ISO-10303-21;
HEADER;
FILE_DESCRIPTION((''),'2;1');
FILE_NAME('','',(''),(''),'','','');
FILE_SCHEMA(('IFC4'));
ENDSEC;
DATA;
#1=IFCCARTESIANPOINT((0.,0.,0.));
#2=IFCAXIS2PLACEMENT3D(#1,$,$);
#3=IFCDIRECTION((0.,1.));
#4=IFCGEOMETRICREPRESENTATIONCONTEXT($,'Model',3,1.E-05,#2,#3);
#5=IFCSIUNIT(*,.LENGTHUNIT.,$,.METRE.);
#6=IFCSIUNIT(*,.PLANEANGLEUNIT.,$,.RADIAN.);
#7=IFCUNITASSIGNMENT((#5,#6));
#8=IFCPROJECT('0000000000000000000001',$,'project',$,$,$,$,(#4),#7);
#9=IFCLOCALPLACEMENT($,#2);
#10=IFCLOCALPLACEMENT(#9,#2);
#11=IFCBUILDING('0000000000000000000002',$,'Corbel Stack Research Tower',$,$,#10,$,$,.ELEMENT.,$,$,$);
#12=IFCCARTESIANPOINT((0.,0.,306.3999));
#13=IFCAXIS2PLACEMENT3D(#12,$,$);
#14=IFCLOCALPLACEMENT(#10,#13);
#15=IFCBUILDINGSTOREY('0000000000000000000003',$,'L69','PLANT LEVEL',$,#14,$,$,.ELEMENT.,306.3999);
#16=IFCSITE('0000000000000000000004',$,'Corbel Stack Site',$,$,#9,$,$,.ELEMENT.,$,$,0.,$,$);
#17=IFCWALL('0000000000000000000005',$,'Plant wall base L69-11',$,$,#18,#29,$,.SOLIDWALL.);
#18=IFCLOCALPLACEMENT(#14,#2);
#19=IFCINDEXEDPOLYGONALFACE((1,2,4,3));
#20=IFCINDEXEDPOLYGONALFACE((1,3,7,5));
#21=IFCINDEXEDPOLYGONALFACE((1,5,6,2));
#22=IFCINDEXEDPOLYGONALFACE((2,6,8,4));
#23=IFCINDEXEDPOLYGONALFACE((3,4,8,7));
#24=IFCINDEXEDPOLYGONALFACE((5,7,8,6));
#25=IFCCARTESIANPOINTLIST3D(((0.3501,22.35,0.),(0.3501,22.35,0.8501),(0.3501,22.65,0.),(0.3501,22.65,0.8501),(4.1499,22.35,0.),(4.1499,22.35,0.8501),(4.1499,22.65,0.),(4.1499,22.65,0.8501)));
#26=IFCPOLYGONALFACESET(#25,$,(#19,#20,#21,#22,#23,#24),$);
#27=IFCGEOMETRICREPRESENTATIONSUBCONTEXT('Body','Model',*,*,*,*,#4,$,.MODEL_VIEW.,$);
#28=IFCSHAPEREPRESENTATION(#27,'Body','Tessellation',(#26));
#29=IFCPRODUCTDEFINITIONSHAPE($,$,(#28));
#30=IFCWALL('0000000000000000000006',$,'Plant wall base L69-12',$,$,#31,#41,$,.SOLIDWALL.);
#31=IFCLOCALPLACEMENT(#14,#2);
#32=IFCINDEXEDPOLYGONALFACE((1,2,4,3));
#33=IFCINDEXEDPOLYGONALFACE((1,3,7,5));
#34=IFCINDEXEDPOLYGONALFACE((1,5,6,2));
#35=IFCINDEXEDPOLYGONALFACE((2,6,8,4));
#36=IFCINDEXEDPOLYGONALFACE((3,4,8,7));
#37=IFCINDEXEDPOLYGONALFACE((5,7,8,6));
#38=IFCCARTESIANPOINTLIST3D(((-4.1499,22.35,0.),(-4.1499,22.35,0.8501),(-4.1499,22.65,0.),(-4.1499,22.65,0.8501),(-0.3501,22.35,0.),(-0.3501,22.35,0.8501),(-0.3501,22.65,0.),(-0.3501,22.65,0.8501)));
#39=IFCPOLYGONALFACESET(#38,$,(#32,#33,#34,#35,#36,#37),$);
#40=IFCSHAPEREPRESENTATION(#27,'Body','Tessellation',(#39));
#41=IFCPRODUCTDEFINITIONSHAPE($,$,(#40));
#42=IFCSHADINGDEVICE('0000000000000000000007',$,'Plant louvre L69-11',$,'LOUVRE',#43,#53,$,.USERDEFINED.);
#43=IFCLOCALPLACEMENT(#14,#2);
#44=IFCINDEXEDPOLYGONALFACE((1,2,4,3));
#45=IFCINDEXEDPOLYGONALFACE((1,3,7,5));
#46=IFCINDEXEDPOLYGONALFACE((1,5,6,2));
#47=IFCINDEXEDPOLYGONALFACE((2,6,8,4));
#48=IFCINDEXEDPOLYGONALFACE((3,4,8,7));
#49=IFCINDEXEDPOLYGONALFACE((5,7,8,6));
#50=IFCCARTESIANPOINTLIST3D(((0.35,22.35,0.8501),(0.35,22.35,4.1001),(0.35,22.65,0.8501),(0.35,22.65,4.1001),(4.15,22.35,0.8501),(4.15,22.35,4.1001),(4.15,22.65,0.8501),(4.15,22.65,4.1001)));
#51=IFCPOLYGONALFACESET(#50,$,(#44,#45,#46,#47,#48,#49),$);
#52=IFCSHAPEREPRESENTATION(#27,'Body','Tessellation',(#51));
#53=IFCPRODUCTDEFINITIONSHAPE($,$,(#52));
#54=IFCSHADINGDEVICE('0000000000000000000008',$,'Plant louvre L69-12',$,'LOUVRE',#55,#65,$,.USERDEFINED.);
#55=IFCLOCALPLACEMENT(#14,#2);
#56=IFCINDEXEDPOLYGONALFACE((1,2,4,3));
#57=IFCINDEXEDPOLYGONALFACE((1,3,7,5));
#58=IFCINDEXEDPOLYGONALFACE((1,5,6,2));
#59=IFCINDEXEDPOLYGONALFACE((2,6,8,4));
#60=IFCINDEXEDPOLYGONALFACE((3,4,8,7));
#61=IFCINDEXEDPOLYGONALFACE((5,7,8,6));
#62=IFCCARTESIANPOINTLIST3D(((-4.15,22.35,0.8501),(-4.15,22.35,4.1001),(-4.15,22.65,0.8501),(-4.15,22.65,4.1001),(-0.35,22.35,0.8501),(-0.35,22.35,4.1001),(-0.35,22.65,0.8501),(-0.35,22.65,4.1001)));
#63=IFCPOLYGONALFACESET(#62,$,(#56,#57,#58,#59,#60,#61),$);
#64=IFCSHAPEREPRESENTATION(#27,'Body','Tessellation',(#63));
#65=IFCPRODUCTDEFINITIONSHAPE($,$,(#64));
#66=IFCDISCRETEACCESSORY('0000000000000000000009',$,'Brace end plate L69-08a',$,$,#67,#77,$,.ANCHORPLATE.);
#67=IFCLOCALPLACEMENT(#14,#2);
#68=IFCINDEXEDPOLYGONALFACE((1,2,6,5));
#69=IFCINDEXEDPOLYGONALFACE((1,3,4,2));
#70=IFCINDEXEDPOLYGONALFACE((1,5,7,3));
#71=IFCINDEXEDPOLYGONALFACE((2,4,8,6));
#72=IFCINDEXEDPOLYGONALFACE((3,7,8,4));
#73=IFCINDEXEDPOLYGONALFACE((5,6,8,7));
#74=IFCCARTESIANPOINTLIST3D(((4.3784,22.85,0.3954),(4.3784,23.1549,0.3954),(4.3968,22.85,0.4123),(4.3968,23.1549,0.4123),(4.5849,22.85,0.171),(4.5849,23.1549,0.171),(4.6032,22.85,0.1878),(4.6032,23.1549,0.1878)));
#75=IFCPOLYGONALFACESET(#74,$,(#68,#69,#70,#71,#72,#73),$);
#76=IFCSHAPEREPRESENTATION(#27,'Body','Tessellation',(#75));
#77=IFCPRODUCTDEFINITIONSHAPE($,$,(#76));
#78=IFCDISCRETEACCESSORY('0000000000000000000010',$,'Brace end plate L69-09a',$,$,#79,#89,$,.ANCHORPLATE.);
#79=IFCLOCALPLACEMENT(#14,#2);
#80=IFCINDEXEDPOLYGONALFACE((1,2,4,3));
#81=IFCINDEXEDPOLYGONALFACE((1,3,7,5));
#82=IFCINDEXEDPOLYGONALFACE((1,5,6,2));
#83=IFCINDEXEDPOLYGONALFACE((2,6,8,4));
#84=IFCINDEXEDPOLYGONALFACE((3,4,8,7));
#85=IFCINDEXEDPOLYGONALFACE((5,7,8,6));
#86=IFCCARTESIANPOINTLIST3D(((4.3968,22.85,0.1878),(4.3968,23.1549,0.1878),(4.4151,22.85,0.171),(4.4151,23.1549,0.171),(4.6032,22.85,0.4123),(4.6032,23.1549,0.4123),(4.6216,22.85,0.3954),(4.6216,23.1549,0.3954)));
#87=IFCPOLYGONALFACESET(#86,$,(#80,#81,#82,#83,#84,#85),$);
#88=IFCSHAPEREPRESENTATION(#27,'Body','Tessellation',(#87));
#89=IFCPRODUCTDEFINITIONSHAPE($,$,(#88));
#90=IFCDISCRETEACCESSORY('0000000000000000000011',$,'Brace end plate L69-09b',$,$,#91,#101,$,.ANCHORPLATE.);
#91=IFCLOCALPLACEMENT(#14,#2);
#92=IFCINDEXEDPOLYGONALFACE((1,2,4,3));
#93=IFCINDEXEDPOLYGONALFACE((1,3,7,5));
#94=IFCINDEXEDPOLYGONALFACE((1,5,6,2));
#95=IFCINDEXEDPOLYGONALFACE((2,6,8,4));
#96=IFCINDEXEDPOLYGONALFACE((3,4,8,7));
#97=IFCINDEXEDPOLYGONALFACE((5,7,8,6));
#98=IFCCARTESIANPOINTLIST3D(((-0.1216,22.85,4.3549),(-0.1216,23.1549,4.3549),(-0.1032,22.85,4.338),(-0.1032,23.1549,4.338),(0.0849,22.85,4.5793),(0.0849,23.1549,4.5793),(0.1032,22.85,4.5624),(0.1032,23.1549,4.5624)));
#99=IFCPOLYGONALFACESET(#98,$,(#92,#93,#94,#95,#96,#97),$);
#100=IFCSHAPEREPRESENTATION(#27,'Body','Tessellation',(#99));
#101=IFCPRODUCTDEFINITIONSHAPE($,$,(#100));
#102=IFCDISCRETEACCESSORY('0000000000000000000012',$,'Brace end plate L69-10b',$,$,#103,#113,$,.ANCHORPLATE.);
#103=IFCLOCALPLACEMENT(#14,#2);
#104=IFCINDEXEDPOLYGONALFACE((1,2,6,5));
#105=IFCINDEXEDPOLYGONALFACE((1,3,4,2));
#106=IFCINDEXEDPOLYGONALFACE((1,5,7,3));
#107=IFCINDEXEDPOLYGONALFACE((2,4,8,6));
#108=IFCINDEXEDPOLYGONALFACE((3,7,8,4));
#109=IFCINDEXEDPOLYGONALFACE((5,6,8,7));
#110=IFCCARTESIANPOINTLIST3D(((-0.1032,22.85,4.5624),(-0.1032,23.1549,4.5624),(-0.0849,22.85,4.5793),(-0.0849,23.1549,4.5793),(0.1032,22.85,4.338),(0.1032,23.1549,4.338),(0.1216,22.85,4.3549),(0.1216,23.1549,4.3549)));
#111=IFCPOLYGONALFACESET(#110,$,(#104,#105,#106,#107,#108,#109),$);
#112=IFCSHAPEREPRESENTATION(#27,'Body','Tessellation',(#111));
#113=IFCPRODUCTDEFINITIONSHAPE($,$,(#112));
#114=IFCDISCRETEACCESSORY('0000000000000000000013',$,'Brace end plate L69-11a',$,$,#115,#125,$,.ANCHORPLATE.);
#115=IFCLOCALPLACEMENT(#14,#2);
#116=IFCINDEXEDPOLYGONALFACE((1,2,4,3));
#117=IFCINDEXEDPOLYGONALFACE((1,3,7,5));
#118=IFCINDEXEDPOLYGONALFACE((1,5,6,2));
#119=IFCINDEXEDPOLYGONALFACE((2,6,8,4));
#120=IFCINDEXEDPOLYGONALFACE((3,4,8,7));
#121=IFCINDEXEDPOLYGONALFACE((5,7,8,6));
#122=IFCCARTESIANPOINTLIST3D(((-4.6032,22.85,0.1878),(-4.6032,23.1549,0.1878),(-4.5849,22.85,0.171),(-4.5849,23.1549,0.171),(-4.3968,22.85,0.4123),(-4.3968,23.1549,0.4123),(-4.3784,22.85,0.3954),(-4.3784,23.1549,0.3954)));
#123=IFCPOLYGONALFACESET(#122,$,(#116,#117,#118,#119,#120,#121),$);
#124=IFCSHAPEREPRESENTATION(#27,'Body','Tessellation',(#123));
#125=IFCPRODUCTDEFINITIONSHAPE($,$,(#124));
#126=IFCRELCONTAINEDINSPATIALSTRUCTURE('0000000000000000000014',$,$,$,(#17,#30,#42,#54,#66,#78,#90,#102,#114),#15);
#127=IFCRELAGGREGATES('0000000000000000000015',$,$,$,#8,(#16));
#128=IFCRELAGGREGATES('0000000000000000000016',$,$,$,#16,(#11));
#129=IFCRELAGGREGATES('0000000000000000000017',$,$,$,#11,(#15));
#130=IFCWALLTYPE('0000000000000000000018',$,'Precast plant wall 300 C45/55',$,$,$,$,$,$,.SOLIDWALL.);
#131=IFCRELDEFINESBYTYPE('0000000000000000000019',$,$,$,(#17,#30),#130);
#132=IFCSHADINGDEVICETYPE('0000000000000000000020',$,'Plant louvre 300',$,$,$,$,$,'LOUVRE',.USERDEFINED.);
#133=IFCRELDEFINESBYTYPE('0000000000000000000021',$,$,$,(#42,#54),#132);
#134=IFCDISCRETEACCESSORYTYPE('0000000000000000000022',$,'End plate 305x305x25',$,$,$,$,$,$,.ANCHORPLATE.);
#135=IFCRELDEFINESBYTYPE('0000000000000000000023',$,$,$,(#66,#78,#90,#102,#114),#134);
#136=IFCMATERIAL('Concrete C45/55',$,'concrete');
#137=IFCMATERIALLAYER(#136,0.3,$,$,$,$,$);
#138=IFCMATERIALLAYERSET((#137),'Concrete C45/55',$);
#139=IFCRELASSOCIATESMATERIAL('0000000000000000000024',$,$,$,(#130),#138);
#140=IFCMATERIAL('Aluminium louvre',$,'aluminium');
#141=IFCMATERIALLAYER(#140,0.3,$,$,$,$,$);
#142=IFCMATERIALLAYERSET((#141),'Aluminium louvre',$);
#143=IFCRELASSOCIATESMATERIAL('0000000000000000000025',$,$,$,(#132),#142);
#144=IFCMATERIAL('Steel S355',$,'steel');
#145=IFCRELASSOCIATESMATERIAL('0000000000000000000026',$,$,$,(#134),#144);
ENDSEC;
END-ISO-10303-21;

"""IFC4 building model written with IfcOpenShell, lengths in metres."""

from ifc_helpers import new_model, si_unit, direction, frame, frame_2d, origin, origin_2d, place, context, subcontext, project, spatial, rectangle, extrude, material, layer, layer_set, material_profile, profile_set, type_object, element, save


model = new_model("IFC4")

# Units and contexts
model_context = context("Model", 3, precision=1e-05, world=origin(), true_north=direction((0.0, 1.0)))
body_context = subcontext(model_context, "Body", "Model", "MODEL_VIEW")
ifc_project = project(units=[si_unit("LENGTHUNIT", "METRE"), si_unit("PLANEANGLEUNIT", "RADIAN")], contexts=[model_context])

# Site, building, storey
site_placement = place(None, origin())
site = spatial("IfcSite", under=ifc_project, at=site_placement, Name="Corbel Stack Site", CompositionType="ELEMENT", RefElevation=0.0)
building_placement = place(site_placement, origin())
building = spatial("IfcBuilding", under=site, at=building_placement, Name="Corbel Stack Research Tower", CompositionType="ELEMENT")
storey_placement = place(building_placement, frame((0.0, 0.0, 306.3999)))
storey = spatial("IfcBuildingStorey", under=building, at=storey_placement, Name="L69", Description="PLANT LEVEL", CompositionType="ELEMENT", Elevation=306.3999)

# Walls
ifc_material_1 = material(Name="Concrete C45/55", Category="concrete")
ifc_layer_1 = layer(ifc_material_1, 0.3)
ifc_layer_set_1 = layer_set([ifc_layer_1], Name="Concrete C45/55")
wall_type_1 = type_object("IfcWallType", Name="Precast plant wall 300 C45/55", PredefinedType="SOLIDWALL", material=ifc_layer_set_1)
for number, where, z_axis, x_axis, name in (
    (1, (4.1499, 22.5, 0.0), (0.0, 0.0, 1.0), (-1.0, 0.0, 0.0), "Plant wall base L69-11"),
    (2, (-0.3501, 22.5, 0.0), (0.0, 0.0, 1.0), (-1.0, 0.0, 0.0), "Plant wall base L69-12"),
):
    element("IfcWall", number, at=place(storey_placement, frame(where, z_axis=z_axis, x_axis=x_axis)), inside=storey, type_object=wall_type_1, Name=name, PredefinedType="SOLIDWALL", context=body_context, shape_type="SweptSolid", body=[
        extrude(rectangle(XDim=3.7998, YDim=0.3, at=frame_2d((1.8999, 0.0))), origin(), (0.0, 0.0, 1.0), 0.8501),
    ])

# Shading devices
ifc_material_2 = material(Name="Aluminium louvre", Category="aluminium")
ifc_layer_2 = layer(ifc_material_2, 0.3)
ifc_layer_set_2 = layer_set([ifc_layer_2], Name="Aluminium louvre")
shading_device_type = type_object("IfcShadingDeviceType", Name="Plant louvre 300", ElementType="LOUVRE", PredefinedType="USERDEFINED", material=ifc_layer_set_2)
for number, where, z_axis, x_axis, name in (
    (3, (2.25, 22.5, 0.8501), (0.0, 0.0, 1.0), (-1.0, 0.0, 0.0), "Plant louvre L69-11"),
    (4, (-2.25, 22.5, 0.8501), (0.0, 0.0, 1.0), (-1.0, 0.0, 0.0), "Plant louvre L69-12"),
):
    element("IfcShadingDevice", number, at=place(storey_placement, frame(where, z_axis=z_axis, x_axis=x_axis)), inside=storey, type_object=shading_device_type, Name=name, ObjectType="LOUVRE", PredefinedType="USERDEFINED", context=body_context, shape_type="SweptSolid", body=[
        extrude(rectangle(XDim=3.8, YDim=0.3, at=origin_2d()), origin(), (0.0, 0.0, 1.0), 3.25),
    ])

# Discrete accessories
ifc_material_3 = material(Name="Steel S355", Category="steel")
ifc_material_profile_1 = material_profile(ifc_material_3, rectangle(XDim=0.3049, YDim=0.3049, at=origin_2d()), Name="End plate 305x305x25")
ifc_profile_set_1 = profile_set([ifc_material_profile_1], Name="Steel S355")
discrete_accessory_type = type_object("IfcDiscreteAccessoryType", Name="End plate 305x305x25", PredefinedType="ANCHORPLATE", material=ifc_profile_set_1)
for number, where, z_axis, x_axis, name in (
    (5, (4.5, 23.0024, 0.3), (-0.735931, 0.0, -0.677057), (0.0, -1.0, 0.0), "Brace end plate L69-08a"),
    (6, (4.5, 23.0024, 0.3), (0.735931, 0.0, -0.677057), (0.0, 1.0, 0.0), "Brace end plate L69-09a"),
    (7, (0.0, 23.0024, 4.4502), (-0.735931, 0.0, 0.677057), (0.0, -1.0, 0.0), "Brace end plate L69-09b"),
    (8, (0.0, 23.0024, 4.4502), (0.735931, 0.0, 0.677057), (0.0, 1.0, 0.0), "Brace end plate L69-10b"),
    (9, (-4.5, 23.0024, 0.3), (0.735931, 0.0, -0.677057), (0.0, 1.0, 0.0), "Brace end plate L69-11a"),
):
    element("IfcDiscreteAccessory", number, at=place(storey_placement, frame(where, z_axis=z_axis, x_axis=x_axis)), inside=storey, type_object=discrete_accessory_type, Name=name, PredefinedType="ANCHORPLATE", context=body_context, shape_type="SweptSolid", body=[
        extrude(rectangle(XDim=0.3049, YDim=0.3049, at=origin_2d()), origin(), (0.0, 0.0, 1.0), 0.0249),
    ])

save(model, "model.ifc")
